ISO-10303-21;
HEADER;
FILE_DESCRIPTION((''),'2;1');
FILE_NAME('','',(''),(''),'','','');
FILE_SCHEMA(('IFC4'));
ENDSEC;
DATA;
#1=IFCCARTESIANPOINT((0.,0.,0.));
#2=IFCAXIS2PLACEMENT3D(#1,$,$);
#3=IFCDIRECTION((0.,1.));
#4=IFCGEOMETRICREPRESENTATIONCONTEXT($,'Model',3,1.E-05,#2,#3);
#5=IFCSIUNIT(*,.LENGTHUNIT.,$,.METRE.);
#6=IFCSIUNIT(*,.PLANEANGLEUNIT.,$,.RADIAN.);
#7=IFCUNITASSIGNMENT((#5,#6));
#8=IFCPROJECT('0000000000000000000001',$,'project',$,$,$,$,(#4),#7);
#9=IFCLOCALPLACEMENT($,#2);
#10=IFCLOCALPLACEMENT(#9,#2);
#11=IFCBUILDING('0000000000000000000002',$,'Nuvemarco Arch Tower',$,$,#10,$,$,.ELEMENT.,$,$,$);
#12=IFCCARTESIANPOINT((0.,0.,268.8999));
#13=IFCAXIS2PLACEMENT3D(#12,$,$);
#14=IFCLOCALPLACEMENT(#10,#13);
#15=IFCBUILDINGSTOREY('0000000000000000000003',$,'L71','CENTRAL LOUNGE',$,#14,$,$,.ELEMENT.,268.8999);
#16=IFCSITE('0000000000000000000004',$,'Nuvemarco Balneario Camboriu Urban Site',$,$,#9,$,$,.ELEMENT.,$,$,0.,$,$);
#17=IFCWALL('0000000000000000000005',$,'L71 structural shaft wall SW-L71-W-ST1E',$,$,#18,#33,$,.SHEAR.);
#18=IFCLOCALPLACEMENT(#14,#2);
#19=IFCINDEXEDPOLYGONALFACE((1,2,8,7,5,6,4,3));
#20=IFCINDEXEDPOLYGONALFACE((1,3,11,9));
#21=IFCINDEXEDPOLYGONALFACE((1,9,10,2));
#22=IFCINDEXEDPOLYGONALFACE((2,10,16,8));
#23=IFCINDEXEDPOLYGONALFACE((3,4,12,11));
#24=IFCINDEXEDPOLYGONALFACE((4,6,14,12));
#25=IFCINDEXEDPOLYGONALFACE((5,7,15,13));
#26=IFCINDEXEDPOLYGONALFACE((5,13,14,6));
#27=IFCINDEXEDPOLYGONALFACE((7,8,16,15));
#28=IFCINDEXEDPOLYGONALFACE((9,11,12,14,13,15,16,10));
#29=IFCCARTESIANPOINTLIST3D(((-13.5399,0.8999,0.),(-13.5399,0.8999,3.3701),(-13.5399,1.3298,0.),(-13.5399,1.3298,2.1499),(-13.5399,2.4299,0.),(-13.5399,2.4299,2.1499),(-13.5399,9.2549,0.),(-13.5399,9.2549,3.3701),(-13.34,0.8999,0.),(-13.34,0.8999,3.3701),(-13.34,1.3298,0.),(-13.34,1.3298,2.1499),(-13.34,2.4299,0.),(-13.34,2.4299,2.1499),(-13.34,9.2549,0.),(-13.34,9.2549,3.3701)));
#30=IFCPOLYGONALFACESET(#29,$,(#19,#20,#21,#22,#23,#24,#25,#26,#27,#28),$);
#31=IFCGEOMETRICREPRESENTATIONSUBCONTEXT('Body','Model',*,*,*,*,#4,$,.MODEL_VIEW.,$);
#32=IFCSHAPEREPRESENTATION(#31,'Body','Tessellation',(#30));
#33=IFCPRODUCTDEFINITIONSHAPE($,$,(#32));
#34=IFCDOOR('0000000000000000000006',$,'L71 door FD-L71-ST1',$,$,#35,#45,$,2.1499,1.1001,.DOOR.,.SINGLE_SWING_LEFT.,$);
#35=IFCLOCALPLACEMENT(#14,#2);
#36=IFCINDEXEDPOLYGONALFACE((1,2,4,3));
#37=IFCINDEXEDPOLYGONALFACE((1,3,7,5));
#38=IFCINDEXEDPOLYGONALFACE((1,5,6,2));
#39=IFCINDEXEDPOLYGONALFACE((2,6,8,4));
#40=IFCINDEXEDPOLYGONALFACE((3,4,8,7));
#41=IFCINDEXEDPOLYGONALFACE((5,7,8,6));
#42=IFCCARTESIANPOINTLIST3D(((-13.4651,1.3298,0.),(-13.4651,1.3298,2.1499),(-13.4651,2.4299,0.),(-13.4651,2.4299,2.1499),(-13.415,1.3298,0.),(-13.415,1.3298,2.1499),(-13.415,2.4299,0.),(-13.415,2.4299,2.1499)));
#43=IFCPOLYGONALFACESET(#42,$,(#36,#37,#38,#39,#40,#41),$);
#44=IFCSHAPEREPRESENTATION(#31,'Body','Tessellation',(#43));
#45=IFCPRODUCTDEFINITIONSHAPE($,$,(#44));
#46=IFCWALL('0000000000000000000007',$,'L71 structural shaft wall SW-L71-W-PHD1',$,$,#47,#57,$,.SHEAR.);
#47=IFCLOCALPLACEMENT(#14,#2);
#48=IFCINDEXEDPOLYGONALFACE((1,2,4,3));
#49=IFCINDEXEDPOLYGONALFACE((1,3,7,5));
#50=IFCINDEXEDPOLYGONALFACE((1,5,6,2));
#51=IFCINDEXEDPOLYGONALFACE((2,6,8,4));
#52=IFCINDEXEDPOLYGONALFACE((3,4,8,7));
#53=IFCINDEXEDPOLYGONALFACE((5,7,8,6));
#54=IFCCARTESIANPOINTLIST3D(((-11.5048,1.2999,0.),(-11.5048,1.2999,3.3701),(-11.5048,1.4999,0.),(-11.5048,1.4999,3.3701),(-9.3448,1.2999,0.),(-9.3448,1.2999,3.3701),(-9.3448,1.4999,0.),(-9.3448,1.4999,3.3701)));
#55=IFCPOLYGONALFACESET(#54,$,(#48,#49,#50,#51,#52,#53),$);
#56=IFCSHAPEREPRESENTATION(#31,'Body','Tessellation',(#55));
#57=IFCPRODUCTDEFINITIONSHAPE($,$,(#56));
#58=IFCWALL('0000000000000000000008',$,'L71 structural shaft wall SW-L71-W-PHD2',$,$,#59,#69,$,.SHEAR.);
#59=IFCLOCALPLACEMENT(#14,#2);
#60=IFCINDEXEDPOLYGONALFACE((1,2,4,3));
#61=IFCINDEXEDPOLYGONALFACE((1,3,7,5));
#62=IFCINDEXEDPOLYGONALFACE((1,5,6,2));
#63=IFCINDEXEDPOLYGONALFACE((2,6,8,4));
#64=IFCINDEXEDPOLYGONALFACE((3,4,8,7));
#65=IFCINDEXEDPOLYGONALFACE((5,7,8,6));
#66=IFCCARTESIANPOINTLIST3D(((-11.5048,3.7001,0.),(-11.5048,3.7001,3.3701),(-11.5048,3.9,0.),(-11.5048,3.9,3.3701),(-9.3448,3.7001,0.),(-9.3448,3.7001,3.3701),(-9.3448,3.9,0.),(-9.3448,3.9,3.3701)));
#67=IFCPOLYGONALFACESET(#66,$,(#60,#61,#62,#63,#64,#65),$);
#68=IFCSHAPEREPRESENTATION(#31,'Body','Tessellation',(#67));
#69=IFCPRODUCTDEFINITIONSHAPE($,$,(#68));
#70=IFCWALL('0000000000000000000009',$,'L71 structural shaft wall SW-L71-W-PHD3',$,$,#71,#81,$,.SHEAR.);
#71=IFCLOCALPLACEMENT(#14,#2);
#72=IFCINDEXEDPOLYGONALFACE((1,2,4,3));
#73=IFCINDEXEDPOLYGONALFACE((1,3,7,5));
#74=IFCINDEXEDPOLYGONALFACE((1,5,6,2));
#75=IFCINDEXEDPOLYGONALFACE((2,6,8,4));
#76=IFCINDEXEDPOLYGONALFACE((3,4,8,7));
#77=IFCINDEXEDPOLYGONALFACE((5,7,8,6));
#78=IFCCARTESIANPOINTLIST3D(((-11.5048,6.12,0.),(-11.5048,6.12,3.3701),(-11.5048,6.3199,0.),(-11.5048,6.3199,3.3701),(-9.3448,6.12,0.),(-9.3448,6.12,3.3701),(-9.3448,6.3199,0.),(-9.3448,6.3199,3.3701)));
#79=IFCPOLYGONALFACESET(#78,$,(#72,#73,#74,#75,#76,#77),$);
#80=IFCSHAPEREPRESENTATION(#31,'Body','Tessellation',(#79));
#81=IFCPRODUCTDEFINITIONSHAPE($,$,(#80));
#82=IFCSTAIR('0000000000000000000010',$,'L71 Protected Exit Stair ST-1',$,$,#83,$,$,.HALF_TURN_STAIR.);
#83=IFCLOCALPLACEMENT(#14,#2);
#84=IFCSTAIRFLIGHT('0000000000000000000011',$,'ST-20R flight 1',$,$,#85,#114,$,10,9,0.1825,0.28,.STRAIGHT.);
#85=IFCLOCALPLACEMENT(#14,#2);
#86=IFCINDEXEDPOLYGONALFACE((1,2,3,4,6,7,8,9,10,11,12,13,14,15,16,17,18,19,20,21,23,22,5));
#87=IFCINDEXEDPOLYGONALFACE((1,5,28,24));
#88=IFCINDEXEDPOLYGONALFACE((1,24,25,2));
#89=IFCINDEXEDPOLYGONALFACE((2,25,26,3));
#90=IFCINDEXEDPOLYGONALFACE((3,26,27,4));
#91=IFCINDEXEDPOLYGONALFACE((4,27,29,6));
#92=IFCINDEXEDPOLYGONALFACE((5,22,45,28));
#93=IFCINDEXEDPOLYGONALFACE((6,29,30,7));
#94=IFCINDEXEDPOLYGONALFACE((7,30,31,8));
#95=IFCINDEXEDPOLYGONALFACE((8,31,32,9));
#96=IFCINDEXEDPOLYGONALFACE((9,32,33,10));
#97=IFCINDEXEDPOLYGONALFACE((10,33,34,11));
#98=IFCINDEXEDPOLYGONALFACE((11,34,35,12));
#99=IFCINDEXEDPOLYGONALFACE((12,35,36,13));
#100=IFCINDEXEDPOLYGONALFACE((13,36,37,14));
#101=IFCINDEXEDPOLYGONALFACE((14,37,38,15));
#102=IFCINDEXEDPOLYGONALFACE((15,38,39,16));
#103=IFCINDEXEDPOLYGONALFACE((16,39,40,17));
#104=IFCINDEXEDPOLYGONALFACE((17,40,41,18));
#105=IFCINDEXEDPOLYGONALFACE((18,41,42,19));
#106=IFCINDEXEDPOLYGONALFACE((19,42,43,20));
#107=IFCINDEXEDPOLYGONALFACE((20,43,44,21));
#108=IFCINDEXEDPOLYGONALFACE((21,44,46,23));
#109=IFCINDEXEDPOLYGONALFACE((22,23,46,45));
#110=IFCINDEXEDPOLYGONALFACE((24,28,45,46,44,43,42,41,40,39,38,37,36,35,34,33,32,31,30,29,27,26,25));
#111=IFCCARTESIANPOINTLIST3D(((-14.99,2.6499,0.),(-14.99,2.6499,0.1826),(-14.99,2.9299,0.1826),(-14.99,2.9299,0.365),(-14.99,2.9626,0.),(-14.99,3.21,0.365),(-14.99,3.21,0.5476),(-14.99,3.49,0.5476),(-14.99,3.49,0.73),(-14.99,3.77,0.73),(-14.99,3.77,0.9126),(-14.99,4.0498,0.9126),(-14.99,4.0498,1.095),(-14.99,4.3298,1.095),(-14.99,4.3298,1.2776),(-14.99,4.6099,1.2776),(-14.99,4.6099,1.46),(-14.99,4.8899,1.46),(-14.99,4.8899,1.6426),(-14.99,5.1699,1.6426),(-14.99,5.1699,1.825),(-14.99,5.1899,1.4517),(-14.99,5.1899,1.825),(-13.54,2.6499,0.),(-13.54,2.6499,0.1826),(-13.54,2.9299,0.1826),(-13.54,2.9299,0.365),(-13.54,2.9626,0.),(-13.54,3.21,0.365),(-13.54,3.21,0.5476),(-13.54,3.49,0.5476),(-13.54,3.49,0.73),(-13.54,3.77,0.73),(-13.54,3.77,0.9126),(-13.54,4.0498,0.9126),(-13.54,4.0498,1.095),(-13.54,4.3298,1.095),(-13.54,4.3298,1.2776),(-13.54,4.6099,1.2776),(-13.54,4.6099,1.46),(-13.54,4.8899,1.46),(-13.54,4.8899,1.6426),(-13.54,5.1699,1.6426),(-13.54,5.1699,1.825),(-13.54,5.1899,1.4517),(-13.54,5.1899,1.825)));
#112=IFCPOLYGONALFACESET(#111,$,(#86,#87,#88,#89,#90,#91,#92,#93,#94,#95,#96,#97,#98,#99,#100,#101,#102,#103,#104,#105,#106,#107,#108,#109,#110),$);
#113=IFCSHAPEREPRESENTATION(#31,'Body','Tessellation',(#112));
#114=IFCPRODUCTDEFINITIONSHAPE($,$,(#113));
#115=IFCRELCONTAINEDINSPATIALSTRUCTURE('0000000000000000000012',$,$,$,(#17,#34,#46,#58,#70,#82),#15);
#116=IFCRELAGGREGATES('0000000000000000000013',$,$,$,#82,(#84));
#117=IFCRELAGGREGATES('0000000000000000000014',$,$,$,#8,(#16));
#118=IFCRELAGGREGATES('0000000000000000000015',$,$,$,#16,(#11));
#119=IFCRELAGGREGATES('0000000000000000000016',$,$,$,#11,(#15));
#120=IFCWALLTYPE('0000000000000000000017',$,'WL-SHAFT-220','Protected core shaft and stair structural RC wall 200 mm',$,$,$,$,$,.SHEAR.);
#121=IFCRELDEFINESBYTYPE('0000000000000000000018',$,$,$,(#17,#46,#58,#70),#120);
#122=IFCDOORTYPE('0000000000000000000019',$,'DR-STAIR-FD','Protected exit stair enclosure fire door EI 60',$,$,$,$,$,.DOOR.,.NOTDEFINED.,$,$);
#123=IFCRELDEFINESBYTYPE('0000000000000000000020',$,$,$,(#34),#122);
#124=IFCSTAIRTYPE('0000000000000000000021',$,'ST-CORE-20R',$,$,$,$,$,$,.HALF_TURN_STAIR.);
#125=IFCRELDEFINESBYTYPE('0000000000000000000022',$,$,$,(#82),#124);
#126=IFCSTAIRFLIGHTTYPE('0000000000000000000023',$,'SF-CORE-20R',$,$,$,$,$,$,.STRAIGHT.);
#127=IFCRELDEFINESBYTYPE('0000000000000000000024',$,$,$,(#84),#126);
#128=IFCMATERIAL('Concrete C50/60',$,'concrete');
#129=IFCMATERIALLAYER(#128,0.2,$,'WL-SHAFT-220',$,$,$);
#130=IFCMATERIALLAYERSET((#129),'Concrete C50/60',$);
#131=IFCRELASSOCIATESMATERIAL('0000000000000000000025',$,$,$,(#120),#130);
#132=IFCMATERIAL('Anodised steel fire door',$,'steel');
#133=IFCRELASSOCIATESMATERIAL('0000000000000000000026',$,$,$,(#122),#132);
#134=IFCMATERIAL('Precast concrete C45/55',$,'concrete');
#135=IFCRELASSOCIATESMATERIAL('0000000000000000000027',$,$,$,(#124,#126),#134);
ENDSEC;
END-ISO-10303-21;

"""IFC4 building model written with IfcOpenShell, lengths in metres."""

from ifc_helpers import new_model, si_unit, direction, frame, frame_2d, origin, place, context, subcontext, project, spatial, polyline, rectangle, outline, extrude, source, transform, mapped, material, layer, layer_set, type_object, type_shapes, element, fill, aggregate, save


model = new_model("IFC4")

# Units and contexts
model_context = context("Model", 3, precision=1e-05, world=origin(), true_north=direction((0.0, 1.0)))
body_context = subcontext(model_context, "Body", "Model", "MODEL_VIEW")
ifc_project = project(units=[si_unit("LENGTHUNIT", "METRE"), si_unit("PLANEANGLEUNIT", "RADIAN")], contexts=[model_context])

# Site, building, storey
site_placement = place(None, origin())
site = spatial("IfcSite", under=ifc_project, at=site_placement, Name="Nuvemarco Balneario Camboriu Urban Site", CompositionType="ELEMENT", RefElevation=0.0)
building_placement = place(site_placement, origin())
building = spatial("IfcBuilding", under=site, at=building_placement, Name="Nuvemarco Arch Tower", CompositionType="ELEMENT")
storey_placement = place(building_placement, frame((0.0, 0.0, 268.8999)))
storey = spatial("IfcBuildingStorey", under=building, at=storey_placement, Name="L71", Description="CENTRAL LOUNGE", CompositionType="ELEMENT", Elevation=268.8999)

# Shared definitions
ifc_material_1 = material(Name="Concrete C50/60", Category="concrete")

# Wall, opening, door
ifc_layer_1 = layer(ifc_material_1, 0.2, Name="WL-SHAFT-220")
ifc_layer_set_1 = layer_set([ifc_layer_1], Name="Concrete C50/60")
wall_type_1 = type_object("IfcWallType", Name="WL-SHAFT-220", Description="Protected core shaft and stair structural RC wall 200 mm", PredefinedType="SHEAR", material=ifc_layer_set_1)
wall_1_placement = place(storey_placement, frame((-13.4399, 0.8999, 0.0), z_axis=(0.0, 0.0, 1.0), x_axis=(0.0, 1.0, 0.0)))
wall_1 = element("IfcWall", 1, at=wall_1_placement, inside=storey, type_object=wall_type_1, Name="L71 structural shaft wall SW-L71-W-ST1E", PredefinedType="SHEAR", context=body_context, shape_type="SweptSolid", body=[
    extrude(rectangle(XDim=8.355, YDim=0.2, at=frame_2d((4.1775, 0.0))), origin(), (0.0, 0.0, 1.0), 3.3701),
])
opening_1_placement = place(wall_1_placement, frame((1.53, 0.0, 0.0), z_axis=(0.0, 0.0, 1.0), x_axis=(-1.0, 0.0, 0.0)))
opening_1 = element("IfcOpeningElement", 2, at=opening_1_placement, cuts=wall_1, PredefinedType="OPENING", context=body_context, shape_type="SweptSolid", body=[
    extrude(rectangle(XDim=1.1001, YDim=2.1499, at=frame_2d((0.55, 1.075))), frame((0.0, 0.1099, 0.0), z_axis=(0.0, -1.0, 0.0), x_axis=(1.0, 0.0, 0.0)), (0.0, 0.0, 1.0), 0.22),
])
ifc_material_2 = material(Name="Anodised steel fire door", Category="steel")
door_type_1 = type_object("IfcDoorType", Name="DR-STAIR-FD", Description="Protected exit stair enclosure fire door EI 60", OperationType="NOTDEFINED", PredefinedType="DOOR", material=ifc_material_2)
shared_shape_1 = source(origin(), body_context, "Body", "SweptSolid", [
    extrude(rectangle(XDim=1.1001, YDim=2.1499, at=frame_2d((0.55, 1.075))), frame((0.0, 0.0249, 0.0), z_axis=(0.0, -1.0, 0.0), x_axis=(1.0, 0.0, 0.0)), (0.0, 0.0, 1.0), 0.05),
])
type_shapes(door_type_1, [shared_shape_1])
door_1_placement = place(opening_1_placement, origin())
door_1 = element("IfcDoor", 3, at=door_1_placement, inside=storey, type_object=door_type_1, Name="L71 door FD-L71-ST1", OperationType="SINGLE_SWING_LEFT", OverallHeight=2.1499, OverallWidth=1.1001, PredefinedType="DOOR", context=body_context, shape_type="MappedRepresentation", body=[
    mapped(shared_shape_1, transform((0.0, 0.0, 0.0), scale=1.0)),
])
fill(opening_1, door_1)

# Walls
for number, where, z_axis, x_axis, name in (
    (4, (-11.5049, 1.3999, 0.0), (0.0, 0.0, 1.0), (1.0, 0.0, 0.0), "L71 structural shaft wall SW-L71-W-PHD1"),
    (5, (-11.5049, 3.8, 0.0), (0.0, 0.0, 1.0), (1.0, 0.0, 0.0), "L71 structural shaft wall SW-L71-W-PHD2"),
    (6, (-11.5049, 6.22, 0.0), (0.0, 0.0, 1.0), (1.0, 0.0, 0.0), "L71 structural shaft wall SW-L71-W-PHD3"),
):
    element("IfcWall", number, at=place(storey_placement, frame(where, z_axis=z_axis, x_axis=x_axis)), inside=storey, type_object=wall_type_1, Name=name, PredefinedType="SHEAR", context=body_context, shape_type="SweptSolid", body=[
        extrude(rectangle(XDim=2.1599, YDim=0.2, at=frame_2d((1.0801, 0.0))), origin(), (0.0, 0.0, 1.0), 3.3701),
    ])

# Stair, stair flight
ifc_material_3 = material(Name="Precast concrete C45/55", Category="concrete")
stair_type = type_object("IfcStairType", Name="ST-CORE-20R", PredefinedType="HALF_TURN_STAIR", material=ifc_material_3)
stair_placement = place(storey_placement, origin())
stair = element("IfcStair", 7, at=stair_placement, inside=storey, type_object=stair_type, Name="L71 Protected Exit Stair ST-1", PredefinedType="HALF_TURN_STAIR")
stair_flight_type = type_object("IfcStairFlightType", Name="SF-CORE-20R", PredefinedType="STRAIGHT", material=ifc_material_3)
stair_flight_placement = place(storey_placement, frame((-14.2649, 2.6499, 0.0), z_axis=(0.0, 0.0, 1.0), x_axis=(0.0, 1.0, 0.0)))
stair_flight = element("IfcStairFlight", 8, at=stair_flight_placement, type_object=stair_flight_type, Name="ST-20R flight 1", NumberOfRisers=10, NumberOfTreads=9, PredefinedType="STRAIGHT", RiserHeight=0.1825, TreadLength=0.28, context=body_context, shape_type="SweptSolid", body=[
    extrude(outline(polyline([(0.0, 0.0), (0.0, 0.1826), (0.28, 0.1826), (0.28, 0.365), (0.5601, 0.365), (0.5601, 0.5476), (0.8401, 0.5476), (0.8401, 0.73), (1.1201, 0.73), (1.1201, 0.9126), (1.3999, 0.9126), (1.3999, 1.095), (1.6799, 1.095), (1.6799, 1.2776), (1.96, 1.2776), (1.96, 1.46), (2.24, 1.46), (2.24, 1.6426), (2.52, 1.6426), (2.52, 1.825), (2.54, 1.825), (2.54, 1.4517), (0.3127, 0.0), (0.0, 0.0)])), frame((0.0, 0.7251, 0.0), z_axis=(0.0, -1.0, 0.0), x_axis=(1.0, 0.0, 0.0)), (0.0, 0.0, 1.0), 1.45),
])
aggregate(stair, [stair_flight])

save(model, "model.ifc")
